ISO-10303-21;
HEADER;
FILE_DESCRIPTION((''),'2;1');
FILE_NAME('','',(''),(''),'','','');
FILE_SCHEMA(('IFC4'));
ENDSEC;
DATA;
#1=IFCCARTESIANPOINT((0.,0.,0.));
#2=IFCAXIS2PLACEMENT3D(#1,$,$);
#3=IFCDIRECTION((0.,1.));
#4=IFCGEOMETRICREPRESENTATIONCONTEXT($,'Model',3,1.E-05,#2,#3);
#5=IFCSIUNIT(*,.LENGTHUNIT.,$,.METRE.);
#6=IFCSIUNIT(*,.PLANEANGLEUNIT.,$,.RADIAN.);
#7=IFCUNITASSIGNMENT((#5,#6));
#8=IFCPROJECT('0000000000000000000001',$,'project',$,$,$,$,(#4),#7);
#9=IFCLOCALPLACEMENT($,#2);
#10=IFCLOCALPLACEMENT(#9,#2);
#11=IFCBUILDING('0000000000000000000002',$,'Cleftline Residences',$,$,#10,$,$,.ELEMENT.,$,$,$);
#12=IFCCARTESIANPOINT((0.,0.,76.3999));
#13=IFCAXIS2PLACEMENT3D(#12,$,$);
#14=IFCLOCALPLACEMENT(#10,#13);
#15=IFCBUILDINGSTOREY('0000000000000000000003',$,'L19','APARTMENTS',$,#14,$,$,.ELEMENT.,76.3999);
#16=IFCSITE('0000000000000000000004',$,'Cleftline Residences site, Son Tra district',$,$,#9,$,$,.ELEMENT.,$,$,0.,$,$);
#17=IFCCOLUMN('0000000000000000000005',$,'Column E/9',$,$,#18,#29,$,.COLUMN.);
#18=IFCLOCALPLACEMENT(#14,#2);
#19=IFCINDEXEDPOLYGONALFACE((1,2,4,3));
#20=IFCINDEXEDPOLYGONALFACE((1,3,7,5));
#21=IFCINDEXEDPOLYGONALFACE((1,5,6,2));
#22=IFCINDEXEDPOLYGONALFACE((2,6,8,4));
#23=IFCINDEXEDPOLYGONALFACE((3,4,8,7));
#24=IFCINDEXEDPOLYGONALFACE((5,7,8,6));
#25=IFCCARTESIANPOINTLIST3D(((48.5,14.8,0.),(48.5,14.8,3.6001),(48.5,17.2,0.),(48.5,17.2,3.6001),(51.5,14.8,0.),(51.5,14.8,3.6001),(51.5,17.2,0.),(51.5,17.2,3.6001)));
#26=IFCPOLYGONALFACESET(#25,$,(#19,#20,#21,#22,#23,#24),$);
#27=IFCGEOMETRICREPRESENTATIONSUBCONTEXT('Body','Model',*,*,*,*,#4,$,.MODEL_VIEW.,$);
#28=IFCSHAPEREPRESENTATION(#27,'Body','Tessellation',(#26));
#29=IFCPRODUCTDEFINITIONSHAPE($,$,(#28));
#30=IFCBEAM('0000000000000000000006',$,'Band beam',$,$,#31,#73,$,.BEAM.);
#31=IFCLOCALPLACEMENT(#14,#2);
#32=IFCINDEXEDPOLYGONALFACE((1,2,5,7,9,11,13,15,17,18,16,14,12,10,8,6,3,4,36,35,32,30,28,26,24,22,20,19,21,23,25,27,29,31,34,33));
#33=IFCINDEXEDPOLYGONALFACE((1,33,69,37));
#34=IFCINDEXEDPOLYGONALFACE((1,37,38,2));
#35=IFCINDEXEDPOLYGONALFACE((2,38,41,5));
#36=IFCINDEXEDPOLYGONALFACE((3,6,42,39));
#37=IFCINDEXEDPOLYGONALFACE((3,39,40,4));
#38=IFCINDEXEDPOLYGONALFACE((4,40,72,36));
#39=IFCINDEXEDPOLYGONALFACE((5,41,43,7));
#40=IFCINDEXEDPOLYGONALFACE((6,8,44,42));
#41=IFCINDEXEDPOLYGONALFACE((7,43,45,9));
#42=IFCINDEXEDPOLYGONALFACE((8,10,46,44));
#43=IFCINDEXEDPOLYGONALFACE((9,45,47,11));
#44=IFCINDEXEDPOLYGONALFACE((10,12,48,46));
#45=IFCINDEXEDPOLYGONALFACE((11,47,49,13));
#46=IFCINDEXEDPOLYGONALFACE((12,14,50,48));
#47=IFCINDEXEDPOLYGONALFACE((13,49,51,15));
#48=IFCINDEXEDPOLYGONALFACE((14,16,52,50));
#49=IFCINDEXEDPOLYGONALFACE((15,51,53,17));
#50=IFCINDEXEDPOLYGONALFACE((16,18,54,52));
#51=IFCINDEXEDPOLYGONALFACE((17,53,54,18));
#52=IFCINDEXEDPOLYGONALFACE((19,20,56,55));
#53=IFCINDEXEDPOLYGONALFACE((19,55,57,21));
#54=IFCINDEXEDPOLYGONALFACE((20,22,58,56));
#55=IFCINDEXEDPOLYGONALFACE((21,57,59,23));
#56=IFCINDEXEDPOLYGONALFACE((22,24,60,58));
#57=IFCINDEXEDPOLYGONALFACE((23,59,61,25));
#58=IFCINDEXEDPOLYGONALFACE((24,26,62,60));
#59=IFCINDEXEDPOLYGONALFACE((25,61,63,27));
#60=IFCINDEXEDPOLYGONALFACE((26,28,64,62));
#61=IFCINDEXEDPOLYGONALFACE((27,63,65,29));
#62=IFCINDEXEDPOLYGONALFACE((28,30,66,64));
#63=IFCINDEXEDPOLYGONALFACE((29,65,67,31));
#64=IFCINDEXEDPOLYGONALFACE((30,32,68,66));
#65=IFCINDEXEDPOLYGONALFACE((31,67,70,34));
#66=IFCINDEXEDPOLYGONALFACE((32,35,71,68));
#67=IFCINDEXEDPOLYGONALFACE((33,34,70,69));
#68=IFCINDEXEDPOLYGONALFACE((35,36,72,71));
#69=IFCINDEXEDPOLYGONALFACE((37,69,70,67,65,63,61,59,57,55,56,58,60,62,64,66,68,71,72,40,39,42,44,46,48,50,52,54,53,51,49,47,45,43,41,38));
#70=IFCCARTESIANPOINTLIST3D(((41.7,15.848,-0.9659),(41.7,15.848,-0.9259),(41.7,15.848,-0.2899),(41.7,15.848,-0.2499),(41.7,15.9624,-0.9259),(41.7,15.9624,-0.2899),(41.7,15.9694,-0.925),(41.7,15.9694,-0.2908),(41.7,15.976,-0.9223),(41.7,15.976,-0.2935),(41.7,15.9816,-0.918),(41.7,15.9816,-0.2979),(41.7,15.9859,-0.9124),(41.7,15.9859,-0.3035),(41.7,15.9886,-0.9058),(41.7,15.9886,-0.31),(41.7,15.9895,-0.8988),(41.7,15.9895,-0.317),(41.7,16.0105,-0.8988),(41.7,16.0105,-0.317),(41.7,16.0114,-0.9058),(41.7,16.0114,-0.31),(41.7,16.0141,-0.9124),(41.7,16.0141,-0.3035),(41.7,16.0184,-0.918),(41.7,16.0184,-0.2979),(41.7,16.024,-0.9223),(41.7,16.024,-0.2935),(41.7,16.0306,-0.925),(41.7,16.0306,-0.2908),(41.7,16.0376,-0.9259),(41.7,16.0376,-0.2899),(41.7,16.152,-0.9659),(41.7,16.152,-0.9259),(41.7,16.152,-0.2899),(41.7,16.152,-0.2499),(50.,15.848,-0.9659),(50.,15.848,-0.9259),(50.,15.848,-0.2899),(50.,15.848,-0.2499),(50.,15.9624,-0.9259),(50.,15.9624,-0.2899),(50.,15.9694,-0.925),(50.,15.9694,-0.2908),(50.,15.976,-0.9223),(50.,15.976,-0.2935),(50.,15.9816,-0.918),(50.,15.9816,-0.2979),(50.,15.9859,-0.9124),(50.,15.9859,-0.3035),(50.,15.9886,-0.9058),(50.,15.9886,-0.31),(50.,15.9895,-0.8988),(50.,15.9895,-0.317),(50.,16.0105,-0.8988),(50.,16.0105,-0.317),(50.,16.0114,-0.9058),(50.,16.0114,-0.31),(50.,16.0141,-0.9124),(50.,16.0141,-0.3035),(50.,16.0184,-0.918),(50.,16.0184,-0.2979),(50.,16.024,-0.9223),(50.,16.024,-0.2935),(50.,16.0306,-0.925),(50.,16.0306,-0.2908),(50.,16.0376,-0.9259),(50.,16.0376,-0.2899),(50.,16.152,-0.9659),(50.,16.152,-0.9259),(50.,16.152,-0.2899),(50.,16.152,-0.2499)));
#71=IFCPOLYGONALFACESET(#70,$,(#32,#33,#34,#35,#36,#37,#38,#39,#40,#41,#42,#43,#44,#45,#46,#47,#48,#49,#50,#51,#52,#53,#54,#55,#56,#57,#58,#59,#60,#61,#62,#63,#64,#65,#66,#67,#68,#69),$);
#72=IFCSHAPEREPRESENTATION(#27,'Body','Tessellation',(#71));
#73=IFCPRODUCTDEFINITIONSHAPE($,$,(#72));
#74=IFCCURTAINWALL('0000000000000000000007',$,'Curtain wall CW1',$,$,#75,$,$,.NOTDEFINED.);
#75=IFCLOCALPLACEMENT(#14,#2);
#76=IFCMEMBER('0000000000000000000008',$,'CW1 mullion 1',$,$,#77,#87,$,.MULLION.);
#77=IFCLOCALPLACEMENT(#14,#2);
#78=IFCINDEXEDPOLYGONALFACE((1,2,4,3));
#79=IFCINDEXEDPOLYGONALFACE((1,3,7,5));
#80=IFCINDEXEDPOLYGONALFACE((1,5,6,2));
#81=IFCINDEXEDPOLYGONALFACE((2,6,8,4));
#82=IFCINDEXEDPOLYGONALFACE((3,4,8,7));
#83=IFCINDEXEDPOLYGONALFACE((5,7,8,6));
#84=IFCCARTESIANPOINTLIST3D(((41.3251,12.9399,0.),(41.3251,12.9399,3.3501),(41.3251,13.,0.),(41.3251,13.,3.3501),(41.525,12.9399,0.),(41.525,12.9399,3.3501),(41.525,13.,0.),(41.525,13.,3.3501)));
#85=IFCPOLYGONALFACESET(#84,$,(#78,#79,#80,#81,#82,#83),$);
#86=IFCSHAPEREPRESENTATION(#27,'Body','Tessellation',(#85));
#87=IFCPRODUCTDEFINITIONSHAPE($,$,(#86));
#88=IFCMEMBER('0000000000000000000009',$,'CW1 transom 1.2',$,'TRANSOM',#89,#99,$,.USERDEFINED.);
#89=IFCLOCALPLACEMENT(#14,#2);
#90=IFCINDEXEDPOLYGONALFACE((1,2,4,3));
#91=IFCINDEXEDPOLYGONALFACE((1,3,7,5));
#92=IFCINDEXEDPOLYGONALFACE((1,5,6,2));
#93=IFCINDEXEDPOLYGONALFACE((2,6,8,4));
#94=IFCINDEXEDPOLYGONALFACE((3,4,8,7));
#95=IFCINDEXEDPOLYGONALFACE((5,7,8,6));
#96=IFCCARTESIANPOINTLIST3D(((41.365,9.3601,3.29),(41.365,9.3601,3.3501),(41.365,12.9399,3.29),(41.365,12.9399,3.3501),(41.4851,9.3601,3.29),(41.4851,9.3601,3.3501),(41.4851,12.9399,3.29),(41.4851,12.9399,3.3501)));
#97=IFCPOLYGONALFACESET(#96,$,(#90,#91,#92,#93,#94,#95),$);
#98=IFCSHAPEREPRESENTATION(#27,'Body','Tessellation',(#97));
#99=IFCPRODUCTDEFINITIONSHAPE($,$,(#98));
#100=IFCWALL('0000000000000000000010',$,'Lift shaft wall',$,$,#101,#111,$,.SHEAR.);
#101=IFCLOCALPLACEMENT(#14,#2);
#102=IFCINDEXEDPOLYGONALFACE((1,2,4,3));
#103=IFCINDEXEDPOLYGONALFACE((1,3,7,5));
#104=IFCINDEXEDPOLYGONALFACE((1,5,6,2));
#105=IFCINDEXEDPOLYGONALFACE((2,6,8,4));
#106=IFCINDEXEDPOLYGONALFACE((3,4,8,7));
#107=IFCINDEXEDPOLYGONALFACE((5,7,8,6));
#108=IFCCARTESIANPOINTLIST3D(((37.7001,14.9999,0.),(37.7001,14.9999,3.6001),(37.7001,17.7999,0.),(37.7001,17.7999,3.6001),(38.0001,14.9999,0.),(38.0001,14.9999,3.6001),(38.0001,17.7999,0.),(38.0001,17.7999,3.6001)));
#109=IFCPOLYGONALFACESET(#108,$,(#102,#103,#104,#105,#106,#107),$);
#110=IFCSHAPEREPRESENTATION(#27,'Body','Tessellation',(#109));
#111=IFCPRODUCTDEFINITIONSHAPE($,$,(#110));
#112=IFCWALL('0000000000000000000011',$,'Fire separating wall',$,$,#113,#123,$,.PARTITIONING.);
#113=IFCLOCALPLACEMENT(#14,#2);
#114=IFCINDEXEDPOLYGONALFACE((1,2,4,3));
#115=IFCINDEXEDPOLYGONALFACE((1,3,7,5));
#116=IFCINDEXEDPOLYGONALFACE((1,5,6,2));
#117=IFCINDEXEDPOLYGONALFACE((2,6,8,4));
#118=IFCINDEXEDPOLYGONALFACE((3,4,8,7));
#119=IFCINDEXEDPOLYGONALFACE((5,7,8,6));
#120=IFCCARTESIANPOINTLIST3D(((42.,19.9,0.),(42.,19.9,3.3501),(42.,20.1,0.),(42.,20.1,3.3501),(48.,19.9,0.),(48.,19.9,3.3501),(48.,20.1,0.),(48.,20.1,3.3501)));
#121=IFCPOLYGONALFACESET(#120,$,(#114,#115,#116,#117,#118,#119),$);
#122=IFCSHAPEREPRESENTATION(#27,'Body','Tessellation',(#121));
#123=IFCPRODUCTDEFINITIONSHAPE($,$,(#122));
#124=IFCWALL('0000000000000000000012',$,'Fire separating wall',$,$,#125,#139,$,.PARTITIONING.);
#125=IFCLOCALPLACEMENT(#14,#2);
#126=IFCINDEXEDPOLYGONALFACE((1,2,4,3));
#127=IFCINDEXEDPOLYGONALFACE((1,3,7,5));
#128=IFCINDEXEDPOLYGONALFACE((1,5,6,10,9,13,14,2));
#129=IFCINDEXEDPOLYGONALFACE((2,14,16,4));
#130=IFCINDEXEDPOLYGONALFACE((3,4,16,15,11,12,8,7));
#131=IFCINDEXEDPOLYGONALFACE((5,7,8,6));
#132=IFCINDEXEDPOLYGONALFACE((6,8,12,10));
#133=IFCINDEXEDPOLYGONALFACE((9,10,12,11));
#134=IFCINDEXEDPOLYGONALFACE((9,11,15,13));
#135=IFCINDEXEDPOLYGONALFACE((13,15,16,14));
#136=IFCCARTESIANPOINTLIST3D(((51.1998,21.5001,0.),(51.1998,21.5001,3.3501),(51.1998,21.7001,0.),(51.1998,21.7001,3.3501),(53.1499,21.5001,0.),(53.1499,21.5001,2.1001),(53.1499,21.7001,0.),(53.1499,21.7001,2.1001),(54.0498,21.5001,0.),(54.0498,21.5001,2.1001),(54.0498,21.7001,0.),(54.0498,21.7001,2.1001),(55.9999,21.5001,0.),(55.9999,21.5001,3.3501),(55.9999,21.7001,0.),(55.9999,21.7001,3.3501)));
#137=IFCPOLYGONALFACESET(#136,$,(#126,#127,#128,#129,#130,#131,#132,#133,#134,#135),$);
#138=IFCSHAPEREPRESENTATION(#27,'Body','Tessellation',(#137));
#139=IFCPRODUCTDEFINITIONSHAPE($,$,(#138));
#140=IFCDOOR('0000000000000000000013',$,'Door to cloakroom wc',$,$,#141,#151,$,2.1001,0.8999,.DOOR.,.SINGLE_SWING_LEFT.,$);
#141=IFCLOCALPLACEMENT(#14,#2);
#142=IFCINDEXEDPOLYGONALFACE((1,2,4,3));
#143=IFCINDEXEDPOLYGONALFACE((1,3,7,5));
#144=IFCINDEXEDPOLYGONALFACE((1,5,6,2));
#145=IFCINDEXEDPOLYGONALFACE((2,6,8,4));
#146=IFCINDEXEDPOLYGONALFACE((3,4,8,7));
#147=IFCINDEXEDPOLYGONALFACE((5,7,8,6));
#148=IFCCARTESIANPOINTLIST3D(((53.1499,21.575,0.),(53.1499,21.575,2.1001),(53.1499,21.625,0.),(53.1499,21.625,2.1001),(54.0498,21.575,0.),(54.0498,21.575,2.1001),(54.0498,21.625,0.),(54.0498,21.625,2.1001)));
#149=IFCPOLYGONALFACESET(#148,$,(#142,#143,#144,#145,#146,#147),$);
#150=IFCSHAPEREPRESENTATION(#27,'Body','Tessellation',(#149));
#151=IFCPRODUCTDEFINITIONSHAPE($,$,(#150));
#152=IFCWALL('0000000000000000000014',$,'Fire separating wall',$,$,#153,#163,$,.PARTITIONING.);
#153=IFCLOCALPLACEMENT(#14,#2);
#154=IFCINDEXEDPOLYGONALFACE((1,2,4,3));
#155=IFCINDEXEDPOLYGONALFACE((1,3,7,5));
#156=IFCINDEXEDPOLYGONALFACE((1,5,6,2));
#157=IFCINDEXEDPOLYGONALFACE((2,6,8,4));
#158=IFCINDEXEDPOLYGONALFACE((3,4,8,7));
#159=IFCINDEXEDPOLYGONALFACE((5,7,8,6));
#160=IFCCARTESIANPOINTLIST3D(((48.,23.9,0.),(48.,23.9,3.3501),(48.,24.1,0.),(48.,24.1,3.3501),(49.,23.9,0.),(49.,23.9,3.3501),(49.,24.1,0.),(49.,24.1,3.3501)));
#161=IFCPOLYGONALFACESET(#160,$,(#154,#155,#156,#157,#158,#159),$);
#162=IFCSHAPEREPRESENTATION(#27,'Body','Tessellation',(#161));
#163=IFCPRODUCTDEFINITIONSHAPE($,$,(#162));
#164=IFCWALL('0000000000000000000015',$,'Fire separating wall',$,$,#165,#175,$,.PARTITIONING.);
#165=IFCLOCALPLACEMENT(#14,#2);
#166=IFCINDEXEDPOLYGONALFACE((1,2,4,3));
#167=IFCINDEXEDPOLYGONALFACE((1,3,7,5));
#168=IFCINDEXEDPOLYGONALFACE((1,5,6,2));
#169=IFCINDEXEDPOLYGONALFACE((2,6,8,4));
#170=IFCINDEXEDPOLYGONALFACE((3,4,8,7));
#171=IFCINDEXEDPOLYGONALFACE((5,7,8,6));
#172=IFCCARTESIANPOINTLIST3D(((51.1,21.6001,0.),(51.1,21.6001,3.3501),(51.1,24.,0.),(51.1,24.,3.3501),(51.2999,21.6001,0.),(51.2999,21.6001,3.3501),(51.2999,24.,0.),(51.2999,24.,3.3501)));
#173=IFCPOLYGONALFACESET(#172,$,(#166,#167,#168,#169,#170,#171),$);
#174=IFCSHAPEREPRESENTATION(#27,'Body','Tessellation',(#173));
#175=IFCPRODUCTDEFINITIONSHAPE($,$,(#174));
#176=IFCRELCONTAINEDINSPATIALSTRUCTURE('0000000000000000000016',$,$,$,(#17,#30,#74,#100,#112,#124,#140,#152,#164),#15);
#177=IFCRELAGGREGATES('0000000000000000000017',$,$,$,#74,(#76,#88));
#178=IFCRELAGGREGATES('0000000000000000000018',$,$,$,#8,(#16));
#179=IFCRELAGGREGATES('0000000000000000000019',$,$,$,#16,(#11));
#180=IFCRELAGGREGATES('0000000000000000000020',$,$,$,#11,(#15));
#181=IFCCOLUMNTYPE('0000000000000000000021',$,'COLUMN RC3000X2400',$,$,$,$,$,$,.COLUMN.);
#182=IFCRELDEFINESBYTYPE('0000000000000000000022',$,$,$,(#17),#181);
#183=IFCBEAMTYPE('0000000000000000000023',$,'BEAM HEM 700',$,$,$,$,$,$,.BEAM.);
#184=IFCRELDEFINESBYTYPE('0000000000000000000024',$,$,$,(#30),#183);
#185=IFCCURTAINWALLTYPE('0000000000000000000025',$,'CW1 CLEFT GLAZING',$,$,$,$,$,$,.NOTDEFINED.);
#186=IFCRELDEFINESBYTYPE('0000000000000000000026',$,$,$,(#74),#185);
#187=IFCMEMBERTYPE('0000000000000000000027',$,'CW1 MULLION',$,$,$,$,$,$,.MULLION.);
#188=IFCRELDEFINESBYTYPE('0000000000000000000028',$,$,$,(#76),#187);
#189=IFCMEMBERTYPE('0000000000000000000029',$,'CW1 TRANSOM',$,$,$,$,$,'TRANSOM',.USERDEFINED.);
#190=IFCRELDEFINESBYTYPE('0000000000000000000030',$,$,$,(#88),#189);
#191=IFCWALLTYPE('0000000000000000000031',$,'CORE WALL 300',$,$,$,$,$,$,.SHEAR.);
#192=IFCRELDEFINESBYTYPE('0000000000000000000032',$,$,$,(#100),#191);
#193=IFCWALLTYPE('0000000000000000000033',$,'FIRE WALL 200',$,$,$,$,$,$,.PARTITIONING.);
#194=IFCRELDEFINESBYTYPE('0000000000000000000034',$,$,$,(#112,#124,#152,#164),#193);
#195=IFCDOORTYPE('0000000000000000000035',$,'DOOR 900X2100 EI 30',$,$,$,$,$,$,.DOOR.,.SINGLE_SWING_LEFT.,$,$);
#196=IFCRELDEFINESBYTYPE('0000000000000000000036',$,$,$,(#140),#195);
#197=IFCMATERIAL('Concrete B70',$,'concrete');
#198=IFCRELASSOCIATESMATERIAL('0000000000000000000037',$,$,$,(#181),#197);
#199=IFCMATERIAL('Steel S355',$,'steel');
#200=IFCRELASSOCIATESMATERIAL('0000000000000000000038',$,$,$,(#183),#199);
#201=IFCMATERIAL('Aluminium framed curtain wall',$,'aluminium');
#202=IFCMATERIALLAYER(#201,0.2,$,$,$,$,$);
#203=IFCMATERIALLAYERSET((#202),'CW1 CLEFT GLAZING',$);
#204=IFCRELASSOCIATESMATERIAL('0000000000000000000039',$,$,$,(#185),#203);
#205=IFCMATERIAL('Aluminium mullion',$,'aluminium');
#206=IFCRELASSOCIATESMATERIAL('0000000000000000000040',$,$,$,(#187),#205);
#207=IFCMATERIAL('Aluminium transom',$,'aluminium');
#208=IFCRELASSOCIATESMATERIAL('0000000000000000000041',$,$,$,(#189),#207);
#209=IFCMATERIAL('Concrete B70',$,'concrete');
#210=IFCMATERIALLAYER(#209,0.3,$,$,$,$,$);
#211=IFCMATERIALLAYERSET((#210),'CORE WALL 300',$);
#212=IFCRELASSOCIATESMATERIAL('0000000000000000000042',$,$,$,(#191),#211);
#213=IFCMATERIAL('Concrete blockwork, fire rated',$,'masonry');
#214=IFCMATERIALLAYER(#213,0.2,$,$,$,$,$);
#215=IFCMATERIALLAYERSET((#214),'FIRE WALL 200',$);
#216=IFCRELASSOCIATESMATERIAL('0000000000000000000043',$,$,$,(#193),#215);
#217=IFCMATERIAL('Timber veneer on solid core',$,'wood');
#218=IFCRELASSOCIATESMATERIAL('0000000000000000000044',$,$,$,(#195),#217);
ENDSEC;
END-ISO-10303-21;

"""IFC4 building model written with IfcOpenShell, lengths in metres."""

from ifc_helpers import new_model, si_unit, direction, frame, frame_2d, origin, origin_2d, place, context, subcontext, project, spatial, rectangle, i_section, extrude, material, layer, layer_set, material_profile, profile_set, type_object, element, fill, aggregate, save


model = new_model("IFC4")

# Units and contexts
model_context = context("Model", 3, precision=1e-05, world=origin(), true_north=direction((0.0, 1.0)))
body_context = subcontext(model_context, "Body", "Model", "MODEL_VIEW")
ifc_project = project(units=[si_unit("LENGTHUNIT", "METRE"), si_unit("PLANEANGLEUNIT", "RADIAN")], contexts=[model_context])

# Site, building, storey
site_placement = place(None, origin())
site = spatial("IfcSite", under=ifc_project, at=site_placement, Name="Cleftline Residences site, Son Tra district", CompositionType="ELEMENT", RefElevation=0.0)
building_placement = place(site_placement, origin())
building = spatial("IfcBuilding", under=site, at=building_placement, Name="Cleftline Residences", CompositionType="ELEMENT")
storey_placement = place(building_placement, frame((0.0, 0.0, 76.3999)))
storey = spatial("IfcBuildingStorey", under=building, at=storey_placement, Name="L19", Description="APARTMENTS", CompositionType="ELEMENT", Elevation=76.3999)

# Column
ifc_material_1 = material(Name="Concrete B70", Category="concrete")
ifc_material_profile_1 = material_profile(ifc_material_1, rectangle(XDim=3.0, YDim=2.3999, at=origin_2d()))
ifc_profile_set_1 = profile_set([ifc_material_profile_1], Name="Concrete B70")
column_type = type_object("IfcColumnType", Name="COLUMN RC3000X2400", PredefinedType="COLUMN", material=ifc_profile_set_1)
column_placement = place(storey_placement, frame((50.0, 16.0, 0.0), z_axis=(0.0, 0.0, 1.0), x_axis=(1.0, 0.0, 0.0)))
element("IfcColumn", 1, at=column_placement, inside=storey, type_object=column_type, Name="Column E/9", PredefinedType="COLUMN", context=body_context, shape_type="SweptSolid", body=[
    extrude(rectangle(XDim=3.0, YDim=2.3999, at=origin_2d()), origin(), (0.0, 0.0, 1.0), 3.6001),
])

# Beam
ifc_material_2 = material(Name="Steel S355", Category="steel")
ifc_material_profile_2 = material_profile(ifc_material_2, i_section(OverallWidth=0.304, OverallDepth=0.7161, WebThickness=0.021, FlangeThickness=0.04, FilletRadius=0.0271, at=origin_2d()))
ifc_profile_set_2 = profile_set([ifc_material_profile_2], Name="Steel S355")
beam_type = type_object("IfcBeamType", Name="BEAM HEM 700", PredefinedType="BEAM", material=ifc_profile_set_2)
beam_placement = place(storey_placement, frame((50.0, 16.0, -0.6079), z_axis=(-1.0, 0.0, 0.0), x_axis=(0.0, -1.0, 0.0)))
element("IfcBeam", 2, at=beam_placement, inside=storey, type_object=beam_type, Name="Band beam", PredefinedType="BEAM", context=body_context, shape_type="SweptSolid", body=[
    extrude(i_section(OverallWidth=0.304, OverallDepth=0.7161, WebThickness=0.021, FlangeThickness=0.04, FilletRadius=0.0271, at=origin_2d()), origin(), (0.0, 0.0, 1.0), 8.3),
])

# Curtain wall, members
ifc_material_3 = material(Name="Aluminium framed curtain wall", Category="aluminium")
ifc_layer_1 = layer(ifc_material_3, 0.2)
ifc_layer_set_1 = layer_set([ifc_layer_1], Name="CW1 CLEFT GLAZING")
curtain_wall_type = type_object("IfcCurtainWallType", Name="CW1 CLEFT GLAZING", PredefinedType="NOTDEFINED", material=ifc_layer_set_1)
curtain_wall_placement = place(storey_placement, origin())
curtain_wall = element("IfcCurtainWall", 3, at=curtain_wall_placement, inside=storey, type_object=curtain_wall_type, Name="Curtain wall CW1", PredefinedType="NOTDEFINED")
ifc_material_4 = material(Name="Aluminium mullion", Category="aluminium")
ifc_material_profile_3 = material_profile(ifc_material_4, rectangle(XDim=0.2, YDim=0.0601, at=origin_2d()))
ifc_profile_set_3 = profile_set([ifc_material_profile_3], Name="Aluminium mullion")
member_type_1 = type_object("IfcMemberType", Name="CW1 MULLION", PredefinedType="MULLION", material=ifc_profile_set_3)
member_1_placement = place(storey_placement, frame((41.425, 12.97, 0.0), z_axis=(0.0, 0.0, 1.0), x_axis=(1.0, 0.0, 0.0)))
member_1 = element("IfcMember", 4, at=member_1_placement, type_object=member_type_1, Name="CW1 mullion 1", PredefinedType="MULLION", context=body_context, shape_type="SweptSolid", body=[
    extrude(rectangle(XDim=0.2, YDim=0.0601, at=origin_2d()), origin(), (0.0, 0.0, 1.0), 3.3501),
])
ifc_material_5 = material(Name="Aluminium transom", Category="aluminium")
ifc_material_profile_4 = material_profile(ifc_material_5, rectangle(XDim=0.1201, YDim=0.0601, at=origin_2d()))
ifc_profile_set_4 = profile_set([ifc_material_profile_4], Name="Aluminium transom")
member_type_2 = type_object("IfcMemberType", Name="CW1 TRANSOM", ElementType="TRANSOM", PredefinedType="USERDEFINED", material=ifc_profile_set_4)
member_2_placement = place(storey_placement, frame((41.425, 12.9399, 3.3201), z_axis=(0.0, -1.0, 0.0), x_axis=(1.0, 0.0, 0.0)))
member_2 = element("IfcMember", 5, at=member_2_placement, type_object=member_type_2, Name="CW1 transom 1.2", ObjectType="TRANSOM", PredefinedType="USERDEFINED", context=body_context, shape_type="SweptSolid", body=[
    extrude(rectangle(XDim=0.1201, YDim=0.0601, at=origin_2d()), origin(), (0.0, 0.0, 1.0), 3.5798),
])
aggregate(curtain_wall, [member_1, member_2])

# Walls
ifc_material_6 = material(Name="Concrete B70", Category="concrete")
ifc_layer_2 = layer(ifc_material_6, 0.3)
ifc_layer_set_2 = layer_set([ifc_layer_2], Name="CORE WALL 300")
wall_type_1 = type_object("IfcWallType", Name="CORE WALL 300", PredefinedType="SHEAR", material=ifc_layer_set_2)
wall_1_placement = place(storey_placement, frame((37.8501, 15.0, 0.0), z_axis=(0.0, 0.0, 1.0), x_axis=(0.0, 1.0, 0.0)))
element("IfcWall", 6, at=wall_1_placement, inside=storey, type_object=wall_type_1, Name="Lift shaft wall", PredefinedType="SHEAR", context=body_context, shape_type="SweptSolid", body=[
    extrude(rectangle(XDim=2.8, YDim=0.3, at=frame_2d((1.3999, 0.0))), origin(), (0.0, 0.0, 1.0), 3.6001),
])
ifc_material_7 = material(Name="Concrete blockwork, fire rated", Category="masonry")
ifc_layer_3 = layer(ifc_material_7, 0.2)
ifc_layer_set_3 = layer_set([ifc_layer_3], Name="FIRE WALL 200")
wall_type_2 = type_object("IfcWallType", Name="FIRE WALL 200", PredefinedType="PARTITIONING", material=ifc_layer_set_3)
wall_2_placement = place(storey_placement, frame((42.0, 20.0, 0.0), z_axis=(0.0, 0.0, 1.0), x_axis=(1.0, 0.0, 0.0)))
element("IfcWall", 7, at=wall_2_placement, inside=storey, type_object=wall_type_2, Name="Fire separating wall", PredefinedType="PARTITIONING", context=body_context, shape_type="SweptSolid", body=[
    extrude(rectangle(XDim=6.0, YDim=0.2, at=frame_2d((3.0, 0.0))), origin(), (0.0, 0.0, 1.0), 3.3501),
])

# Wall, opening, door
wall_3_placement = place(storey_placement, frame((51.2, 21.6001, 0.0), z_axis=(0.0, 0.0, 1.0), x_axis=(1.0, 0.0, 0.0)))
wall_3 = element("IfcWall", 8, at=wall_3_placement, inside=storey, type_object=wall_type_2, Name="Fire separating wall", PredefinedType="PARTITIONING", context=body_context, shape_type="SweptSolid", body=[
    extrude(rectangle(XDim=4.8, YDim=0.2, at=frame_2d((2.3999, 0.0))), origin(), (0.0, 0.0, 1.0), 3.3501),
])
opening_1_placement = place(wall_3_placement, frame((1.95, 0.0, 0.0)))
opening_1 = element("IfcOpeningElement", 9, at=opening_1_placement, cuts=wall_3, PredefinedType="OPENING", context=body_context, shape_type="SweptSolid", body=[
    extrude(rectangle(XDim=0.8999, YDim=2.1001, at=frame_2d((0.45, 1.05))), frame((0.0, 0.1099, 0.0), z_axis=(0.0, -1.0, 0.0), x_axis=(1.0, 0.0, 0.0)), (0.0, 0.0, 1.0), 0.22),
])
ifc_material_8 = material(Name="Timber veneer on solid core", Category="wood")
door_type_1 = type_object("IfcDoorType", Name="DOOR 900X2100 EI 30", OperationType="SINGLE_SWING_LEFT", PredefinedType="DOOR", material=ifc_material_8)
door_1_placement = place(opening_1_placement, origin())
door_1 = element("IfcDoor", 10, at=door_1_placement, inside=storey, type_object=door_type_1, Name="Door to cloakroom wc", OperationType="SINGLE_SWING_LEFT", OverallHeight=2.1001, OverallWidth=0.8999, PredefinedType="DOOR", context=body_context, shape_type="SweptSolid", body=[
    extrude(rectangle(XDim=0.8999, YDim=2.1001, at=frame_2d((0.45, 1.05))), frame((0.0, 0.0249, 0.0), z_axis=(0.0, -1.0, 0.0), x_axis=(1.0, 0.0, 0.0)), (0.0, 0.0, 1.0), 0.05),
])
fill(opening_1, door_1)

# Wall
wall_4_placement = place(storey_placement, frame((48.0, 24.0, 0.0), z_axis=(0.0, 0.0, 1.0), x_axis=(1.0, 0.0, 0.0)))
element("IfcWall", 11, at=wall_4_placement, inside=storey, type_object=wall_type_2, Name="Fire separating wall", PredefinedType="PARTITIONING", context=body_context, shape_type="SweptSolid", body=[
    extrude(rectangle(XDim=1.0, YDim=0.2, at=frame_2d((0.5, 0.0))), origin(), (0.0, 0.0, 1.0), 3.3501),
])

# Wall
wall_5_placement = place(storey_placement, frame((51.2, 21.6001, 0.0), z_axis=(0.0, 0.0, 1.0), x_axis=(0.0, 1.0, 0.0)))
element("IfcWall", 12, at=wall_5_placement, inside=storey, type_object=wall_type_2, Name="Fire separating wall", PredefinedType="PARTITIONING", context=body_context, shape_type="SweptSolid", body=[
    extrude(rectangle(XDim=2.3999, YDim=0.2, at=frame_2d((1.2, 0.0))), origin(), (0.0, 0.0, 1.0), 3.3501),
])

save(model, "model.ifc")
